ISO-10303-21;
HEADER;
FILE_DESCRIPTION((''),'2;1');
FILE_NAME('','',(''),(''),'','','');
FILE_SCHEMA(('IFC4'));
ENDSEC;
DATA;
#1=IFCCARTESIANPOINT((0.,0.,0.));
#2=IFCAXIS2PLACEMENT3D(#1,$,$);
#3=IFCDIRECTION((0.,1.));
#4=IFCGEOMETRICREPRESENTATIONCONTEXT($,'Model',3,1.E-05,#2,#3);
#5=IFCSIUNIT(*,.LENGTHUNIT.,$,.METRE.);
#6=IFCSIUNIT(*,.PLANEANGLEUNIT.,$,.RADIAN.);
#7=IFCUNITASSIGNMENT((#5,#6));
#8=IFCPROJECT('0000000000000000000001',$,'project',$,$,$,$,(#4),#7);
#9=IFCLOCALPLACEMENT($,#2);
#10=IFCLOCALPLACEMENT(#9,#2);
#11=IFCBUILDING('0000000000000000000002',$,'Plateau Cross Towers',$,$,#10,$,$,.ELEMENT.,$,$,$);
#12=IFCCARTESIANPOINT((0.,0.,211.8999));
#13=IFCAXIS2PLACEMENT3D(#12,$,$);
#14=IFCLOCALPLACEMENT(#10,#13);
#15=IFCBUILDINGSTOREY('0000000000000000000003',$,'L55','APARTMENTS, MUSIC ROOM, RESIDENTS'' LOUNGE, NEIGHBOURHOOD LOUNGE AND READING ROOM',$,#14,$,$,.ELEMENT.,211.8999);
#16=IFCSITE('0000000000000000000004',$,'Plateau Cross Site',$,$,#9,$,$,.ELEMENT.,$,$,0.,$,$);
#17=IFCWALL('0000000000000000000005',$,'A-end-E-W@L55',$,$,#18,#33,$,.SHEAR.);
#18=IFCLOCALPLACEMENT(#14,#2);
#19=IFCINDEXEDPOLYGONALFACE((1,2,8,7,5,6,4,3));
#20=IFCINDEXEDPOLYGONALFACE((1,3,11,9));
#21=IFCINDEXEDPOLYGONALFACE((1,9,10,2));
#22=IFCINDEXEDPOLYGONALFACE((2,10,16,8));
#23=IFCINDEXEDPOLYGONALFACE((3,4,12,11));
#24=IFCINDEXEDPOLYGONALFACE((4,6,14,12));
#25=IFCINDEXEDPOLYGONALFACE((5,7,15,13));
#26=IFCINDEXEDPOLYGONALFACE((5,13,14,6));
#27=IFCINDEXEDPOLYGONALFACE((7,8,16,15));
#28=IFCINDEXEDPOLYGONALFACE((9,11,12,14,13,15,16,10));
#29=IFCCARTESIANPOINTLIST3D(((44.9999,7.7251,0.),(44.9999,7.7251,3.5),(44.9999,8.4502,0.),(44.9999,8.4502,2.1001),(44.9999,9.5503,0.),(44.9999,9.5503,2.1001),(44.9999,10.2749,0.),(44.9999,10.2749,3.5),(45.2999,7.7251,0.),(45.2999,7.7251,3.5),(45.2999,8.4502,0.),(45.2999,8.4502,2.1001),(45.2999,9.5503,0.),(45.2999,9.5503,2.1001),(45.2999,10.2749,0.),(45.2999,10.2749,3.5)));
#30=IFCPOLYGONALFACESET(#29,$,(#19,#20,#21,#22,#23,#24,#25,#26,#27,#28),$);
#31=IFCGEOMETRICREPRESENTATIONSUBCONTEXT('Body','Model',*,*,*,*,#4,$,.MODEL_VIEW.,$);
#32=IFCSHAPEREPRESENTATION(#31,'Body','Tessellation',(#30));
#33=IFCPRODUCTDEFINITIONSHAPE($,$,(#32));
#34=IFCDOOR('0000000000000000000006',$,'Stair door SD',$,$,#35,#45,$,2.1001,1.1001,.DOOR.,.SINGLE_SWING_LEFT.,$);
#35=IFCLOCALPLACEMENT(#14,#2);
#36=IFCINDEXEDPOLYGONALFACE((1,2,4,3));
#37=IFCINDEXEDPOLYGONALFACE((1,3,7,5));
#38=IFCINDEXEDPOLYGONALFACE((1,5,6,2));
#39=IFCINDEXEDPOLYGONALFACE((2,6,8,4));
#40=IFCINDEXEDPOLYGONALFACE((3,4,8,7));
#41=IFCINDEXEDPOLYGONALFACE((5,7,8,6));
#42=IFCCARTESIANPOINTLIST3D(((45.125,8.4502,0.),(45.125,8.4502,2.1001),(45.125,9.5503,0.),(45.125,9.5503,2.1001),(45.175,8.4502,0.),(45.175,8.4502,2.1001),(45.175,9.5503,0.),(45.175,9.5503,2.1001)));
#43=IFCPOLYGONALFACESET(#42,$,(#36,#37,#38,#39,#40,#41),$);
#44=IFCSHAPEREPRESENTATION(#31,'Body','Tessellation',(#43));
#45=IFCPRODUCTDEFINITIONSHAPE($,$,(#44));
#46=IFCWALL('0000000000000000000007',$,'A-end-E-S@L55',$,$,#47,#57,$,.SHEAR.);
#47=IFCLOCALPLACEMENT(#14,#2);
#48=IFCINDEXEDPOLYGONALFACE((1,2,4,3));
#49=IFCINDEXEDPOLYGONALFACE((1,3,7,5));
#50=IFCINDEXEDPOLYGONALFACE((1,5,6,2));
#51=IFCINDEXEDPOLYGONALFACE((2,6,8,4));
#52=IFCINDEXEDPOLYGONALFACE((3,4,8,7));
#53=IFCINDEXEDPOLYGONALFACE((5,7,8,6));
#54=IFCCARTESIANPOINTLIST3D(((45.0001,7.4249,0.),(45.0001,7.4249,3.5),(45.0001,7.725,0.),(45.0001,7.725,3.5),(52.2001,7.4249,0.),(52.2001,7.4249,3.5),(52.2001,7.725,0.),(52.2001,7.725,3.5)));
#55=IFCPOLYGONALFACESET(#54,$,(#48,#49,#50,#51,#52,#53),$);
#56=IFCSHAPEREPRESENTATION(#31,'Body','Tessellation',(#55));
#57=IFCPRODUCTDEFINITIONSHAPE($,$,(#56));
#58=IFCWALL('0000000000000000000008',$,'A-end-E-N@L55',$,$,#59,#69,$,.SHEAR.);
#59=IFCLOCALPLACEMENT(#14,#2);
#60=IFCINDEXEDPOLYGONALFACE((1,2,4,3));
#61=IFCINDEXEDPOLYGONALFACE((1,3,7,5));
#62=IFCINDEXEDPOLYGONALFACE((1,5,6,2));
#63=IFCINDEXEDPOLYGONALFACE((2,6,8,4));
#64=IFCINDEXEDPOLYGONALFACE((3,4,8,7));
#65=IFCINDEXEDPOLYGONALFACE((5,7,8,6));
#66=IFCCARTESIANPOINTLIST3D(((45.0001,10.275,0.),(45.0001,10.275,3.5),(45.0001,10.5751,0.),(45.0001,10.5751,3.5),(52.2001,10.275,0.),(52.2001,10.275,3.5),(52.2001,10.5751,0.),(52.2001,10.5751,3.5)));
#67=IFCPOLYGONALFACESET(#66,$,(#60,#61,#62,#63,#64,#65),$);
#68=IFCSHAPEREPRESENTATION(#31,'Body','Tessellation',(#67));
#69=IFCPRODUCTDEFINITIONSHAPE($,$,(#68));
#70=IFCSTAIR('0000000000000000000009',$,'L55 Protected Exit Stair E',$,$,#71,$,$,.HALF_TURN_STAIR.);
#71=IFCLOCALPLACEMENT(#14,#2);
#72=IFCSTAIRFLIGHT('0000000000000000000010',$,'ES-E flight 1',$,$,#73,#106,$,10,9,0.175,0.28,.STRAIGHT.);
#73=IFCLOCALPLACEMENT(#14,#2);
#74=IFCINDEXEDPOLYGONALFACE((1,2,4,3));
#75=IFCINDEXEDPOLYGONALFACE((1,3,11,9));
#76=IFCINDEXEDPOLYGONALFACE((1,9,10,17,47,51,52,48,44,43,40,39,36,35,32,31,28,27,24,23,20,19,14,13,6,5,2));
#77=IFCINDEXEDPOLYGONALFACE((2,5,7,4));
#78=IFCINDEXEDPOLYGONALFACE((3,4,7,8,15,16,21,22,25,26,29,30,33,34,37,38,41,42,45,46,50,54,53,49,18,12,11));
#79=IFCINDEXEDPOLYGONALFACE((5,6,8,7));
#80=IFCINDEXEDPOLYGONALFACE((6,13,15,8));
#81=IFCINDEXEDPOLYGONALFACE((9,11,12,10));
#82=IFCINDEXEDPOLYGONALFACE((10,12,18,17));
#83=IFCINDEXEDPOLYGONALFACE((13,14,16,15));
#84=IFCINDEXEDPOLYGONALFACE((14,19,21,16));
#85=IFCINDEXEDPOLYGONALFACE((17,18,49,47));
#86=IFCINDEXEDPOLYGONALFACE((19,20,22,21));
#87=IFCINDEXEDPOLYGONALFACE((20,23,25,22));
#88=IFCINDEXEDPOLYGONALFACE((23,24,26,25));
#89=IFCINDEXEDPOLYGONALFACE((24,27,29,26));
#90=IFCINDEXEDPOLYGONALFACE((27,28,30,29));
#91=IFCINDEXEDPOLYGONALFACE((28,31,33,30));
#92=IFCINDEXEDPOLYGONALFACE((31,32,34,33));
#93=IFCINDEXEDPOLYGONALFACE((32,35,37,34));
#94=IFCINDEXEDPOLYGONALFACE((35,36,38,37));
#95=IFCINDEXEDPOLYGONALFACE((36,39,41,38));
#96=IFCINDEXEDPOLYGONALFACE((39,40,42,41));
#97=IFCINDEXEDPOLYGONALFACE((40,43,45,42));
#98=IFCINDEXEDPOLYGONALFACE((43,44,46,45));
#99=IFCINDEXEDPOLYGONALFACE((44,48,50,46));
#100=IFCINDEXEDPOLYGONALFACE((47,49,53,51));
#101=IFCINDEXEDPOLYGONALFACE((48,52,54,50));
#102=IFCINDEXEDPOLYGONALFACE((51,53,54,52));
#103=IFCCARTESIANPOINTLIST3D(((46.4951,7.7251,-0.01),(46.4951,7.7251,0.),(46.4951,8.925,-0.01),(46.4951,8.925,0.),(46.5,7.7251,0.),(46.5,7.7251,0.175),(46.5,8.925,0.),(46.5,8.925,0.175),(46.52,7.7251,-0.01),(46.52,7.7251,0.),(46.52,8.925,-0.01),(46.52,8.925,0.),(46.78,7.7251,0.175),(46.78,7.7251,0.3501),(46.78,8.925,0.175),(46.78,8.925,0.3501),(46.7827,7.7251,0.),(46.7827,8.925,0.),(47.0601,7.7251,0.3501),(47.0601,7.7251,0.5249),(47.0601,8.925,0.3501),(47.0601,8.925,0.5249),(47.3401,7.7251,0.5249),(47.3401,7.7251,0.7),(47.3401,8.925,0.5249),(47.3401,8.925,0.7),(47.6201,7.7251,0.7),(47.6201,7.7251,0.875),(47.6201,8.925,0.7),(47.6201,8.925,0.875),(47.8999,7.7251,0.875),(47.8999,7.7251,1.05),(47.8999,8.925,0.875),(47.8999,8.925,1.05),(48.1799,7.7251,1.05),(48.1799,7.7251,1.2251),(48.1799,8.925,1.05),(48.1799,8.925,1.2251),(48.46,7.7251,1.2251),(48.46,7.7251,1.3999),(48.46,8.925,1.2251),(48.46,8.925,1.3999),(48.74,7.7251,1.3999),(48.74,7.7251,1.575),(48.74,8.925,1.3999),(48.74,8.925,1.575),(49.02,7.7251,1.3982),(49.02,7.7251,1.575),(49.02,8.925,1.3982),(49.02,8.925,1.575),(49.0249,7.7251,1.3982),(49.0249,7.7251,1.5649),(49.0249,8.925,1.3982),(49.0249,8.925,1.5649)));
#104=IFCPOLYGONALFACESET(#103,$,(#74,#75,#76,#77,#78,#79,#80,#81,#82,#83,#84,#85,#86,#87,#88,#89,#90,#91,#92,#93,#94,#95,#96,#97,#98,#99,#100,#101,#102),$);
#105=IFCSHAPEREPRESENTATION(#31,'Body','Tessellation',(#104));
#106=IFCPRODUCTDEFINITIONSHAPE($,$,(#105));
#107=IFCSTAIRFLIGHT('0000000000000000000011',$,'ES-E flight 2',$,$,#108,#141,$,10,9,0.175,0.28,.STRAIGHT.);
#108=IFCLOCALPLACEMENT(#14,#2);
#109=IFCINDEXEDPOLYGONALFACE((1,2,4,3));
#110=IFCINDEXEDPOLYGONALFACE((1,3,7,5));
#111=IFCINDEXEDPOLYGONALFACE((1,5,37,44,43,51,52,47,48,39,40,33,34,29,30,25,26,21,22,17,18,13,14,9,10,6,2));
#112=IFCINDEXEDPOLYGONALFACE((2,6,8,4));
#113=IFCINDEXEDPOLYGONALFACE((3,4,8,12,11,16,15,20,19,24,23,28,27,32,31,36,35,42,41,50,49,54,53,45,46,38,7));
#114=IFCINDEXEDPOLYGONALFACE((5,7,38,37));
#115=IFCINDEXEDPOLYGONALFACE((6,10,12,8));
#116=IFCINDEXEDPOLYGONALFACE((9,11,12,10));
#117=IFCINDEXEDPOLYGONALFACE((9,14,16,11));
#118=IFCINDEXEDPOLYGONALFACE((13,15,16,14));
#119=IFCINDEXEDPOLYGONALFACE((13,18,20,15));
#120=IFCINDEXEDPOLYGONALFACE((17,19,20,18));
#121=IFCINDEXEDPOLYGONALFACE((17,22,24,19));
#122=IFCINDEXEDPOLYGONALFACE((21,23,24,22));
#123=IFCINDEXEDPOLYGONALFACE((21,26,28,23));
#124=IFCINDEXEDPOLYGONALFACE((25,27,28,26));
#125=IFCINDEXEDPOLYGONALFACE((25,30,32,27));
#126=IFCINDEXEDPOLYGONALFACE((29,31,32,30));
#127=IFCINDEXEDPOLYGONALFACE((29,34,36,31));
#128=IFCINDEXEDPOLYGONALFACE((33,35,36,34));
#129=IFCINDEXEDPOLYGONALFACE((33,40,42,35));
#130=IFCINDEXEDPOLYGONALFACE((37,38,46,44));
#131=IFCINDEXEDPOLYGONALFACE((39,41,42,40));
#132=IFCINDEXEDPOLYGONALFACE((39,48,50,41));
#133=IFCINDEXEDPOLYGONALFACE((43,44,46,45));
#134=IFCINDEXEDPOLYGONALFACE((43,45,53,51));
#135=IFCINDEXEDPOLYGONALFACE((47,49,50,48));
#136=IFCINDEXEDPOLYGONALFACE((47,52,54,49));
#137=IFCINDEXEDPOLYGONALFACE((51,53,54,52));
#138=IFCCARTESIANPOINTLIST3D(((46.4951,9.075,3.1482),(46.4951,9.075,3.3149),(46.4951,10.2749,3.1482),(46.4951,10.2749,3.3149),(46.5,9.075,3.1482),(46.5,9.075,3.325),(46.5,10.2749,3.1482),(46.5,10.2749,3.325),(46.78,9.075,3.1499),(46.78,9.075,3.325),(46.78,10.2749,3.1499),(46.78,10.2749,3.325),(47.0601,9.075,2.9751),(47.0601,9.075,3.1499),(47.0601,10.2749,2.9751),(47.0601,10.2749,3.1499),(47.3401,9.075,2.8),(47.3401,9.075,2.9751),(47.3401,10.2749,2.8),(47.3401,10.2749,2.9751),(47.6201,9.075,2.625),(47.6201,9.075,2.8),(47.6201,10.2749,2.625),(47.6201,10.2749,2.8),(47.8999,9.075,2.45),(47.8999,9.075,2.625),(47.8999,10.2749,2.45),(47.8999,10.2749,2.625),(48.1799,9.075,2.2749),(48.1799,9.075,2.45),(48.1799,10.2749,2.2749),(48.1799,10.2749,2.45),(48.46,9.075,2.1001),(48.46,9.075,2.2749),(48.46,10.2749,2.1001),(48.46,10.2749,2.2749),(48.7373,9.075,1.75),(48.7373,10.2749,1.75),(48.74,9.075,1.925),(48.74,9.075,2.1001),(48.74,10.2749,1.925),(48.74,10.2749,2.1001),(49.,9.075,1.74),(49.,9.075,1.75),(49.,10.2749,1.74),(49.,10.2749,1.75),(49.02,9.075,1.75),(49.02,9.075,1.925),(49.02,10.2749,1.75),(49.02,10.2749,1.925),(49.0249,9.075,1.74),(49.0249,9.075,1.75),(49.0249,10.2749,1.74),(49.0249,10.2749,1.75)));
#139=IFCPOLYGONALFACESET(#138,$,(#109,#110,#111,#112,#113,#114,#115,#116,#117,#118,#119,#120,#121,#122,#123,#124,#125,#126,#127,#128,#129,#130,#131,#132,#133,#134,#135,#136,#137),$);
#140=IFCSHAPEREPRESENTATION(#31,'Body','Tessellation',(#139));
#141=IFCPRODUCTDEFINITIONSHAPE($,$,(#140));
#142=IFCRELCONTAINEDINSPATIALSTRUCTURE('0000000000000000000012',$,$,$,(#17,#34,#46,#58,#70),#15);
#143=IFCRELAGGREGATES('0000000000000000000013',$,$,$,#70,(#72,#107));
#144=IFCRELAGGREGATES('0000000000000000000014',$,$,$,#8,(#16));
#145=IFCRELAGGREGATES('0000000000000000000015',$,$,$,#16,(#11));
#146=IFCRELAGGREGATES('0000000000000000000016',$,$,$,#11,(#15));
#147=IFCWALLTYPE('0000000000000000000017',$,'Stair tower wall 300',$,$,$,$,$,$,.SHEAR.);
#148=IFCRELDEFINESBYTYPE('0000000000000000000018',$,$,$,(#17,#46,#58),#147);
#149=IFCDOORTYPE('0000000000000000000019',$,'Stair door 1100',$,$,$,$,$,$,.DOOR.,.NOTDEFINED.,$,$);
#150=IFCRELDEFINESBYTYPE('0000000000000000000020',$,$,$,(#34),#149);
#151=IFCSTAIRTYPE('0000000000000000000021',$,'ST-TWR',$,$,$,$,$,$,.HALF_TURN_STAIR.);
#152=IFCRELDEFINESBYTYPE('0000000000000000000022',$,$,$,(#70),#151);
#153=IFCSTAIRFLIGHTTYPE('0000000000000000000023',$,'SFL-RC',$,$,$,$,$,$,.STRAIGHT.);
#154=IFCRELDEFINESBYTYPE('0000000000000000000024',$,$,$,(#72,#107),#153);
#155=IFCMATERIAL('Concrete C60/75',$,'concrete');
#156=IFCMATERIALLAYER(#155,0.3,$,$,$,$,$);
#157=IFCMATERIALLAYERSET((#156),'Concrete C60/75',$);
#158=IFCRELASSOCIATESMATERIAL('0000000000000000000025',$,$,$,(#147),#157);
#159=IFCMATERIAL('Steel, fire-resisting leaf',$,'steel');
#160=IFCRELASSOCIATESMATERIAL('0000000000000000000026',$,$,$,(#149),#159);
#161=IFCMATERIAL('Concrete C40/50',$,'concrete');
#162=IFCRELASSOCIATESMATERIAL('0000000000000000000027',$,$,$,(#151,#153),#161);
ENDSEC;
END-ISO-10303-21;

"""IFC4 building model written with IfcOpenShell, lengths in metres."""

from ifc_helpers import new_model, si_unit, direction, frame, frame_2d, origin, place, context, subcontext, project, spatial, polyline, rectangle, outline, extrude, material, layer, layer_set, type_object, element, fill, aggregate, save


model = new_model("IFC4")

# Units and contexts
model_context = context("Model", 3, precision=1e-05, world=origin(), true_north=direction((0.0, 1.0)))
body_context = subcontext(model_context, "Body", "Model", "MODEL_VIEW")
ifc_project = project(units=[si_unit("LENGTHUNIT", "METRE"), si_unit("PLANEANGLEUNIT", "RADIAN")], contexts=[model_context])

# Site, building, storey
site_placement = place(None, origin())
site = spatial("IfcSite", under=ifc_project, at=site_placement, Name="Plateau Cross Site", CompositionType="ELEMENT", RefElevation=0.0)
building_placement = place(site_placement, origin())
building = spatial("IfcBuilding", under=site, at=building_placement, Name="Plateau Cross Towers", CompositionType="ELEMENT")
storey_placement = place(building_placement, frame((0.0, 0.0, 211.8999)))
storey = spatial("IfcBuildingStorey", under=building, at=storey_placement, Name="L55", Description="APARTMENTS, MUSIC ROOM, RESIDENTS' LOUNGE, NEIGHBOURHOOD LOUNGE AND READING ROOM", CompositionType="ELEMENT", Elevation=211.8999)

# Wall, opening, door
ifc_material_1 = material(Name="Concrete C60/75", Category="concrete")
ifc_layer_1 = layer(ifc_material_1, 0.3)
ifc_layer_set_1 = layer_set([ifc_layer_1], Name="Concrete C60/75")
wall_type_1 = type_object("IfcWallType", Name="Stair tower wall 300", PredefinedType="SHEAR", material=ifc_layer_set_1)
wall_1_placement = place(storey_placement, frame((45.1499, 7.7251, 0.0), z_axis=(0.0, 0.0, 1.0), x_axis=(0.0, 1.0, 0.0)))
wall_1 = element("IfcWall", 1, at=wall_1_placement, inside=storey, type_object=wall_type_1, Name="A-end-E-W@L55", PredefinedType="SHEAR", context=body_context, shape_type="SweptSolid", body=[
    extrude(rectangle(XDim=2.5498, YDim=0.3, at=frame_2d((1.2749, 0.0))), origin(), (0.0, 0.0, 1.0), 3.5),
])
opening_1_placement = place(wall_1_placement, frame((0.7251, 0.0, 0.0)))
opening_1 = element("IfcOpeningElement", 2, at=opening_1_placement, cuts=wall_1, PredefinedType="OPENING", context=body_context, shape_type="SweptSolid", body=[
    extrude(rectangle(XDim=1.1001, YDim=2.1001, at=frame_2d((0.55, 1.05))), frame((0.0, 0.1599, 0.0), z_axis=(0.0, -1.0, 0.0), x_axis=(1.0, 0.0, 0.0)), (0.0, 0.0, 1.0), 0.3201),
])
ifc_material_2 = material(Name="Steel, fire-resisting leaf", Category="steel")
door_type_1 = type_object("IfcDoorType", Name="Stair door 1100", OperationType="NOTDEFINED", PredefinedType="DOOR", material=ifc_material_2)
door_1_placement = place(opening_1_placement, origin())
door_1 = element("IfcDoor", 3, at=door_1_placement, inside=storey, type_object=door_type_1, Name="Stair door SD", OperationType="SINGLE_SWING_LEFT", OverallHeight=2.1001, OverallWidth=1.1001, PredefinedType="DOOR", context=body_context, shape_type="SweptSolid", body=[
    extrude(rectangle(XDim=1.1001, YDim=2.1001, at=frame_2d((0.55, 1.05))), frame((0.0, 0.0249, 0.0), z_axis=(0.0, -1.0, 0.0), x_axis=(1.0, 0.0, 0.0)), (0.0, 0.0, 1.0), 0.05),
])
fill(opening_1, door_1)

# Walls
for number, where, z_axis, x_axis, name in (
    (4, (45.0, 7.575, 0.0), (0.0, 0.0, 1.0), (1.0, 0.0, 0.0), "A-end-E-S@L55"),
    (5, (45.0, 10.425, 0.0), (0.0, 0.0, 1.0), (1.0, 0.0, 0.0), "A-end-E-N@L55"),
):
    element("IfcWall", number, at=place(storey_placement, frame(where, z_axis=z_axis, x_axis=x_axis)), inside=storey, type_object=wall_type_1, Name=name, PredefinedType="SHEAR", context=body_context, shape_type="SweptSolid", body=[
        extrude(rectangle(XDim=7.2, YDim=0.3, at=frame_2d((3.6001, 0.0))), origin(), (0.0, 0.0, 1.0), 3.5),
    ])

# Stair, stair flights
ifc_material_3 = material(Name="Concrete C40/50", Category="concrete")
stair_type = type_object("IfcStairType", Name="ST-TWR", PredefinedType="HALF_TURN_STAIR", material=ifc_material_3)
stair_placement = place(storey_placement, origin())
stair = element("IfcStair", 6, at=stair_placement, inside=storey, type_object=stair_type, Name="L55 Protected Exit Stair E", PredefinedType="HALF_TURN_STAIR")
stair_flight_type = type_object("IfcStairFlightType", Name="SFL-RC", PredefinedType="STRAIGHT", material=ifc_material_3)
stair_flight_1_placement = place(storey_placement, frame((46.5, 8.325, 0.0), z_axis=(0.0, 0.0, 1.0), x_axis=(1.0, 0.0, 0.0)))
stair_flight_1 = element("IfcStairFlight", 7, at=stair_flight_1_placement, type_object=stair_flight_type, Name="ES-E flight 1", NumberOfRisers=10, NumberOfTreads=9, PredefinedType="STRAIGHT", RiserHeight=0.175, TreadLength=0.28, context=body_context, shape_type="SweptSolid", body=[
    extrude(outline(polyline([(-0.0049, -0.01), (-0.0049, 0.0), (0.0, 0.0), (0.0, 0.175), (0.28, 0.175), (0.28, 0.3501), (0.5601, 0.3501), (0.5601, 0.5249), (0.8401, 0.5249), (0.8401, 0.7), (1.1201, 0.7), (1.1201, 0.875), (1.3999, 0.875), (1.3999, 1.05), (1.6799, 1.05), (1.6799, 1.2251), (1.96, 1.2251), (1.96, 1.3999), (2.24, 1.3999), (2.24, 1.575), (2.52, 1.575), (2.5249, 1.5649), (2.5249, 1.3982), (2.52, 1.3982), (0.2827, 0.0), (0.02, 0.0), (0.02, -0.01), (-0.0049, -0.01)])), frame((0.0, 0.6001, 0.0), z_axis=(0.0, -1.0, 0.0), x_axis=(1.0, 0.0, 0.0)), (0.0, 0.0, 1.0), 1.2),
])
stair_flight_2_placement = place(storey_placement, frame((49.02, 9.675, 1.75), z_axis=(0.0, 0.0, 1.0), x_axis=(-1.0, 0.0, 0.0)))
stair_flight_2 = element("IfcStairFlight", 8, at=stair_flight_2_placement, type_object=stair_flight_type, Name="ES-E flight 2", NumberOfRisers=10, NumberOfTreads=9, PredefinedType="STRAIGHT", RiserHeight=0.175, TreadLength=0.28, context=body_context, shape_type="SweptSolid", body=[
    extrude(outline(polyline([(-0.0049, -0.01), (-0.0049, 0.0), (0.0, 0.0), (0.0, 0.175), (0.28, 0.175), (0.28, 0.3501), (0.5601, 0.3501), (0.5601, 0.5249), (0.8401, 0.5249), (0.8401, 0.7), (1.1201, 0.7), (1.1201, 0.875), (1.3999, 0.875), (1.3999, 1.05), (1.6799, 1.05), (1.6799, 1.2251), (1.96, 1.2251), (1.96, 1.3999), (2.24, 1.3999), (2.24, 1.575), (2.52, 1.575), (2.5249, 1.5649), (2.5249, 1.3982), (2.52, 1.3982), (0.2827, 0.0), (0.02, 0.0), (0.02, -0.01), (-0.0049, -0.01)])), frame((0.0, 0.6001, 0.0), z_axis=(0.0, -1.0, 0.0), x_axis=(1.0, 0.0, 0.0)), (0.0, 0.0, 1.0), 1.2),
])
aggregate(stair, [stair_flight_1, stair_flight_2])

save(model, "model.ifc")
